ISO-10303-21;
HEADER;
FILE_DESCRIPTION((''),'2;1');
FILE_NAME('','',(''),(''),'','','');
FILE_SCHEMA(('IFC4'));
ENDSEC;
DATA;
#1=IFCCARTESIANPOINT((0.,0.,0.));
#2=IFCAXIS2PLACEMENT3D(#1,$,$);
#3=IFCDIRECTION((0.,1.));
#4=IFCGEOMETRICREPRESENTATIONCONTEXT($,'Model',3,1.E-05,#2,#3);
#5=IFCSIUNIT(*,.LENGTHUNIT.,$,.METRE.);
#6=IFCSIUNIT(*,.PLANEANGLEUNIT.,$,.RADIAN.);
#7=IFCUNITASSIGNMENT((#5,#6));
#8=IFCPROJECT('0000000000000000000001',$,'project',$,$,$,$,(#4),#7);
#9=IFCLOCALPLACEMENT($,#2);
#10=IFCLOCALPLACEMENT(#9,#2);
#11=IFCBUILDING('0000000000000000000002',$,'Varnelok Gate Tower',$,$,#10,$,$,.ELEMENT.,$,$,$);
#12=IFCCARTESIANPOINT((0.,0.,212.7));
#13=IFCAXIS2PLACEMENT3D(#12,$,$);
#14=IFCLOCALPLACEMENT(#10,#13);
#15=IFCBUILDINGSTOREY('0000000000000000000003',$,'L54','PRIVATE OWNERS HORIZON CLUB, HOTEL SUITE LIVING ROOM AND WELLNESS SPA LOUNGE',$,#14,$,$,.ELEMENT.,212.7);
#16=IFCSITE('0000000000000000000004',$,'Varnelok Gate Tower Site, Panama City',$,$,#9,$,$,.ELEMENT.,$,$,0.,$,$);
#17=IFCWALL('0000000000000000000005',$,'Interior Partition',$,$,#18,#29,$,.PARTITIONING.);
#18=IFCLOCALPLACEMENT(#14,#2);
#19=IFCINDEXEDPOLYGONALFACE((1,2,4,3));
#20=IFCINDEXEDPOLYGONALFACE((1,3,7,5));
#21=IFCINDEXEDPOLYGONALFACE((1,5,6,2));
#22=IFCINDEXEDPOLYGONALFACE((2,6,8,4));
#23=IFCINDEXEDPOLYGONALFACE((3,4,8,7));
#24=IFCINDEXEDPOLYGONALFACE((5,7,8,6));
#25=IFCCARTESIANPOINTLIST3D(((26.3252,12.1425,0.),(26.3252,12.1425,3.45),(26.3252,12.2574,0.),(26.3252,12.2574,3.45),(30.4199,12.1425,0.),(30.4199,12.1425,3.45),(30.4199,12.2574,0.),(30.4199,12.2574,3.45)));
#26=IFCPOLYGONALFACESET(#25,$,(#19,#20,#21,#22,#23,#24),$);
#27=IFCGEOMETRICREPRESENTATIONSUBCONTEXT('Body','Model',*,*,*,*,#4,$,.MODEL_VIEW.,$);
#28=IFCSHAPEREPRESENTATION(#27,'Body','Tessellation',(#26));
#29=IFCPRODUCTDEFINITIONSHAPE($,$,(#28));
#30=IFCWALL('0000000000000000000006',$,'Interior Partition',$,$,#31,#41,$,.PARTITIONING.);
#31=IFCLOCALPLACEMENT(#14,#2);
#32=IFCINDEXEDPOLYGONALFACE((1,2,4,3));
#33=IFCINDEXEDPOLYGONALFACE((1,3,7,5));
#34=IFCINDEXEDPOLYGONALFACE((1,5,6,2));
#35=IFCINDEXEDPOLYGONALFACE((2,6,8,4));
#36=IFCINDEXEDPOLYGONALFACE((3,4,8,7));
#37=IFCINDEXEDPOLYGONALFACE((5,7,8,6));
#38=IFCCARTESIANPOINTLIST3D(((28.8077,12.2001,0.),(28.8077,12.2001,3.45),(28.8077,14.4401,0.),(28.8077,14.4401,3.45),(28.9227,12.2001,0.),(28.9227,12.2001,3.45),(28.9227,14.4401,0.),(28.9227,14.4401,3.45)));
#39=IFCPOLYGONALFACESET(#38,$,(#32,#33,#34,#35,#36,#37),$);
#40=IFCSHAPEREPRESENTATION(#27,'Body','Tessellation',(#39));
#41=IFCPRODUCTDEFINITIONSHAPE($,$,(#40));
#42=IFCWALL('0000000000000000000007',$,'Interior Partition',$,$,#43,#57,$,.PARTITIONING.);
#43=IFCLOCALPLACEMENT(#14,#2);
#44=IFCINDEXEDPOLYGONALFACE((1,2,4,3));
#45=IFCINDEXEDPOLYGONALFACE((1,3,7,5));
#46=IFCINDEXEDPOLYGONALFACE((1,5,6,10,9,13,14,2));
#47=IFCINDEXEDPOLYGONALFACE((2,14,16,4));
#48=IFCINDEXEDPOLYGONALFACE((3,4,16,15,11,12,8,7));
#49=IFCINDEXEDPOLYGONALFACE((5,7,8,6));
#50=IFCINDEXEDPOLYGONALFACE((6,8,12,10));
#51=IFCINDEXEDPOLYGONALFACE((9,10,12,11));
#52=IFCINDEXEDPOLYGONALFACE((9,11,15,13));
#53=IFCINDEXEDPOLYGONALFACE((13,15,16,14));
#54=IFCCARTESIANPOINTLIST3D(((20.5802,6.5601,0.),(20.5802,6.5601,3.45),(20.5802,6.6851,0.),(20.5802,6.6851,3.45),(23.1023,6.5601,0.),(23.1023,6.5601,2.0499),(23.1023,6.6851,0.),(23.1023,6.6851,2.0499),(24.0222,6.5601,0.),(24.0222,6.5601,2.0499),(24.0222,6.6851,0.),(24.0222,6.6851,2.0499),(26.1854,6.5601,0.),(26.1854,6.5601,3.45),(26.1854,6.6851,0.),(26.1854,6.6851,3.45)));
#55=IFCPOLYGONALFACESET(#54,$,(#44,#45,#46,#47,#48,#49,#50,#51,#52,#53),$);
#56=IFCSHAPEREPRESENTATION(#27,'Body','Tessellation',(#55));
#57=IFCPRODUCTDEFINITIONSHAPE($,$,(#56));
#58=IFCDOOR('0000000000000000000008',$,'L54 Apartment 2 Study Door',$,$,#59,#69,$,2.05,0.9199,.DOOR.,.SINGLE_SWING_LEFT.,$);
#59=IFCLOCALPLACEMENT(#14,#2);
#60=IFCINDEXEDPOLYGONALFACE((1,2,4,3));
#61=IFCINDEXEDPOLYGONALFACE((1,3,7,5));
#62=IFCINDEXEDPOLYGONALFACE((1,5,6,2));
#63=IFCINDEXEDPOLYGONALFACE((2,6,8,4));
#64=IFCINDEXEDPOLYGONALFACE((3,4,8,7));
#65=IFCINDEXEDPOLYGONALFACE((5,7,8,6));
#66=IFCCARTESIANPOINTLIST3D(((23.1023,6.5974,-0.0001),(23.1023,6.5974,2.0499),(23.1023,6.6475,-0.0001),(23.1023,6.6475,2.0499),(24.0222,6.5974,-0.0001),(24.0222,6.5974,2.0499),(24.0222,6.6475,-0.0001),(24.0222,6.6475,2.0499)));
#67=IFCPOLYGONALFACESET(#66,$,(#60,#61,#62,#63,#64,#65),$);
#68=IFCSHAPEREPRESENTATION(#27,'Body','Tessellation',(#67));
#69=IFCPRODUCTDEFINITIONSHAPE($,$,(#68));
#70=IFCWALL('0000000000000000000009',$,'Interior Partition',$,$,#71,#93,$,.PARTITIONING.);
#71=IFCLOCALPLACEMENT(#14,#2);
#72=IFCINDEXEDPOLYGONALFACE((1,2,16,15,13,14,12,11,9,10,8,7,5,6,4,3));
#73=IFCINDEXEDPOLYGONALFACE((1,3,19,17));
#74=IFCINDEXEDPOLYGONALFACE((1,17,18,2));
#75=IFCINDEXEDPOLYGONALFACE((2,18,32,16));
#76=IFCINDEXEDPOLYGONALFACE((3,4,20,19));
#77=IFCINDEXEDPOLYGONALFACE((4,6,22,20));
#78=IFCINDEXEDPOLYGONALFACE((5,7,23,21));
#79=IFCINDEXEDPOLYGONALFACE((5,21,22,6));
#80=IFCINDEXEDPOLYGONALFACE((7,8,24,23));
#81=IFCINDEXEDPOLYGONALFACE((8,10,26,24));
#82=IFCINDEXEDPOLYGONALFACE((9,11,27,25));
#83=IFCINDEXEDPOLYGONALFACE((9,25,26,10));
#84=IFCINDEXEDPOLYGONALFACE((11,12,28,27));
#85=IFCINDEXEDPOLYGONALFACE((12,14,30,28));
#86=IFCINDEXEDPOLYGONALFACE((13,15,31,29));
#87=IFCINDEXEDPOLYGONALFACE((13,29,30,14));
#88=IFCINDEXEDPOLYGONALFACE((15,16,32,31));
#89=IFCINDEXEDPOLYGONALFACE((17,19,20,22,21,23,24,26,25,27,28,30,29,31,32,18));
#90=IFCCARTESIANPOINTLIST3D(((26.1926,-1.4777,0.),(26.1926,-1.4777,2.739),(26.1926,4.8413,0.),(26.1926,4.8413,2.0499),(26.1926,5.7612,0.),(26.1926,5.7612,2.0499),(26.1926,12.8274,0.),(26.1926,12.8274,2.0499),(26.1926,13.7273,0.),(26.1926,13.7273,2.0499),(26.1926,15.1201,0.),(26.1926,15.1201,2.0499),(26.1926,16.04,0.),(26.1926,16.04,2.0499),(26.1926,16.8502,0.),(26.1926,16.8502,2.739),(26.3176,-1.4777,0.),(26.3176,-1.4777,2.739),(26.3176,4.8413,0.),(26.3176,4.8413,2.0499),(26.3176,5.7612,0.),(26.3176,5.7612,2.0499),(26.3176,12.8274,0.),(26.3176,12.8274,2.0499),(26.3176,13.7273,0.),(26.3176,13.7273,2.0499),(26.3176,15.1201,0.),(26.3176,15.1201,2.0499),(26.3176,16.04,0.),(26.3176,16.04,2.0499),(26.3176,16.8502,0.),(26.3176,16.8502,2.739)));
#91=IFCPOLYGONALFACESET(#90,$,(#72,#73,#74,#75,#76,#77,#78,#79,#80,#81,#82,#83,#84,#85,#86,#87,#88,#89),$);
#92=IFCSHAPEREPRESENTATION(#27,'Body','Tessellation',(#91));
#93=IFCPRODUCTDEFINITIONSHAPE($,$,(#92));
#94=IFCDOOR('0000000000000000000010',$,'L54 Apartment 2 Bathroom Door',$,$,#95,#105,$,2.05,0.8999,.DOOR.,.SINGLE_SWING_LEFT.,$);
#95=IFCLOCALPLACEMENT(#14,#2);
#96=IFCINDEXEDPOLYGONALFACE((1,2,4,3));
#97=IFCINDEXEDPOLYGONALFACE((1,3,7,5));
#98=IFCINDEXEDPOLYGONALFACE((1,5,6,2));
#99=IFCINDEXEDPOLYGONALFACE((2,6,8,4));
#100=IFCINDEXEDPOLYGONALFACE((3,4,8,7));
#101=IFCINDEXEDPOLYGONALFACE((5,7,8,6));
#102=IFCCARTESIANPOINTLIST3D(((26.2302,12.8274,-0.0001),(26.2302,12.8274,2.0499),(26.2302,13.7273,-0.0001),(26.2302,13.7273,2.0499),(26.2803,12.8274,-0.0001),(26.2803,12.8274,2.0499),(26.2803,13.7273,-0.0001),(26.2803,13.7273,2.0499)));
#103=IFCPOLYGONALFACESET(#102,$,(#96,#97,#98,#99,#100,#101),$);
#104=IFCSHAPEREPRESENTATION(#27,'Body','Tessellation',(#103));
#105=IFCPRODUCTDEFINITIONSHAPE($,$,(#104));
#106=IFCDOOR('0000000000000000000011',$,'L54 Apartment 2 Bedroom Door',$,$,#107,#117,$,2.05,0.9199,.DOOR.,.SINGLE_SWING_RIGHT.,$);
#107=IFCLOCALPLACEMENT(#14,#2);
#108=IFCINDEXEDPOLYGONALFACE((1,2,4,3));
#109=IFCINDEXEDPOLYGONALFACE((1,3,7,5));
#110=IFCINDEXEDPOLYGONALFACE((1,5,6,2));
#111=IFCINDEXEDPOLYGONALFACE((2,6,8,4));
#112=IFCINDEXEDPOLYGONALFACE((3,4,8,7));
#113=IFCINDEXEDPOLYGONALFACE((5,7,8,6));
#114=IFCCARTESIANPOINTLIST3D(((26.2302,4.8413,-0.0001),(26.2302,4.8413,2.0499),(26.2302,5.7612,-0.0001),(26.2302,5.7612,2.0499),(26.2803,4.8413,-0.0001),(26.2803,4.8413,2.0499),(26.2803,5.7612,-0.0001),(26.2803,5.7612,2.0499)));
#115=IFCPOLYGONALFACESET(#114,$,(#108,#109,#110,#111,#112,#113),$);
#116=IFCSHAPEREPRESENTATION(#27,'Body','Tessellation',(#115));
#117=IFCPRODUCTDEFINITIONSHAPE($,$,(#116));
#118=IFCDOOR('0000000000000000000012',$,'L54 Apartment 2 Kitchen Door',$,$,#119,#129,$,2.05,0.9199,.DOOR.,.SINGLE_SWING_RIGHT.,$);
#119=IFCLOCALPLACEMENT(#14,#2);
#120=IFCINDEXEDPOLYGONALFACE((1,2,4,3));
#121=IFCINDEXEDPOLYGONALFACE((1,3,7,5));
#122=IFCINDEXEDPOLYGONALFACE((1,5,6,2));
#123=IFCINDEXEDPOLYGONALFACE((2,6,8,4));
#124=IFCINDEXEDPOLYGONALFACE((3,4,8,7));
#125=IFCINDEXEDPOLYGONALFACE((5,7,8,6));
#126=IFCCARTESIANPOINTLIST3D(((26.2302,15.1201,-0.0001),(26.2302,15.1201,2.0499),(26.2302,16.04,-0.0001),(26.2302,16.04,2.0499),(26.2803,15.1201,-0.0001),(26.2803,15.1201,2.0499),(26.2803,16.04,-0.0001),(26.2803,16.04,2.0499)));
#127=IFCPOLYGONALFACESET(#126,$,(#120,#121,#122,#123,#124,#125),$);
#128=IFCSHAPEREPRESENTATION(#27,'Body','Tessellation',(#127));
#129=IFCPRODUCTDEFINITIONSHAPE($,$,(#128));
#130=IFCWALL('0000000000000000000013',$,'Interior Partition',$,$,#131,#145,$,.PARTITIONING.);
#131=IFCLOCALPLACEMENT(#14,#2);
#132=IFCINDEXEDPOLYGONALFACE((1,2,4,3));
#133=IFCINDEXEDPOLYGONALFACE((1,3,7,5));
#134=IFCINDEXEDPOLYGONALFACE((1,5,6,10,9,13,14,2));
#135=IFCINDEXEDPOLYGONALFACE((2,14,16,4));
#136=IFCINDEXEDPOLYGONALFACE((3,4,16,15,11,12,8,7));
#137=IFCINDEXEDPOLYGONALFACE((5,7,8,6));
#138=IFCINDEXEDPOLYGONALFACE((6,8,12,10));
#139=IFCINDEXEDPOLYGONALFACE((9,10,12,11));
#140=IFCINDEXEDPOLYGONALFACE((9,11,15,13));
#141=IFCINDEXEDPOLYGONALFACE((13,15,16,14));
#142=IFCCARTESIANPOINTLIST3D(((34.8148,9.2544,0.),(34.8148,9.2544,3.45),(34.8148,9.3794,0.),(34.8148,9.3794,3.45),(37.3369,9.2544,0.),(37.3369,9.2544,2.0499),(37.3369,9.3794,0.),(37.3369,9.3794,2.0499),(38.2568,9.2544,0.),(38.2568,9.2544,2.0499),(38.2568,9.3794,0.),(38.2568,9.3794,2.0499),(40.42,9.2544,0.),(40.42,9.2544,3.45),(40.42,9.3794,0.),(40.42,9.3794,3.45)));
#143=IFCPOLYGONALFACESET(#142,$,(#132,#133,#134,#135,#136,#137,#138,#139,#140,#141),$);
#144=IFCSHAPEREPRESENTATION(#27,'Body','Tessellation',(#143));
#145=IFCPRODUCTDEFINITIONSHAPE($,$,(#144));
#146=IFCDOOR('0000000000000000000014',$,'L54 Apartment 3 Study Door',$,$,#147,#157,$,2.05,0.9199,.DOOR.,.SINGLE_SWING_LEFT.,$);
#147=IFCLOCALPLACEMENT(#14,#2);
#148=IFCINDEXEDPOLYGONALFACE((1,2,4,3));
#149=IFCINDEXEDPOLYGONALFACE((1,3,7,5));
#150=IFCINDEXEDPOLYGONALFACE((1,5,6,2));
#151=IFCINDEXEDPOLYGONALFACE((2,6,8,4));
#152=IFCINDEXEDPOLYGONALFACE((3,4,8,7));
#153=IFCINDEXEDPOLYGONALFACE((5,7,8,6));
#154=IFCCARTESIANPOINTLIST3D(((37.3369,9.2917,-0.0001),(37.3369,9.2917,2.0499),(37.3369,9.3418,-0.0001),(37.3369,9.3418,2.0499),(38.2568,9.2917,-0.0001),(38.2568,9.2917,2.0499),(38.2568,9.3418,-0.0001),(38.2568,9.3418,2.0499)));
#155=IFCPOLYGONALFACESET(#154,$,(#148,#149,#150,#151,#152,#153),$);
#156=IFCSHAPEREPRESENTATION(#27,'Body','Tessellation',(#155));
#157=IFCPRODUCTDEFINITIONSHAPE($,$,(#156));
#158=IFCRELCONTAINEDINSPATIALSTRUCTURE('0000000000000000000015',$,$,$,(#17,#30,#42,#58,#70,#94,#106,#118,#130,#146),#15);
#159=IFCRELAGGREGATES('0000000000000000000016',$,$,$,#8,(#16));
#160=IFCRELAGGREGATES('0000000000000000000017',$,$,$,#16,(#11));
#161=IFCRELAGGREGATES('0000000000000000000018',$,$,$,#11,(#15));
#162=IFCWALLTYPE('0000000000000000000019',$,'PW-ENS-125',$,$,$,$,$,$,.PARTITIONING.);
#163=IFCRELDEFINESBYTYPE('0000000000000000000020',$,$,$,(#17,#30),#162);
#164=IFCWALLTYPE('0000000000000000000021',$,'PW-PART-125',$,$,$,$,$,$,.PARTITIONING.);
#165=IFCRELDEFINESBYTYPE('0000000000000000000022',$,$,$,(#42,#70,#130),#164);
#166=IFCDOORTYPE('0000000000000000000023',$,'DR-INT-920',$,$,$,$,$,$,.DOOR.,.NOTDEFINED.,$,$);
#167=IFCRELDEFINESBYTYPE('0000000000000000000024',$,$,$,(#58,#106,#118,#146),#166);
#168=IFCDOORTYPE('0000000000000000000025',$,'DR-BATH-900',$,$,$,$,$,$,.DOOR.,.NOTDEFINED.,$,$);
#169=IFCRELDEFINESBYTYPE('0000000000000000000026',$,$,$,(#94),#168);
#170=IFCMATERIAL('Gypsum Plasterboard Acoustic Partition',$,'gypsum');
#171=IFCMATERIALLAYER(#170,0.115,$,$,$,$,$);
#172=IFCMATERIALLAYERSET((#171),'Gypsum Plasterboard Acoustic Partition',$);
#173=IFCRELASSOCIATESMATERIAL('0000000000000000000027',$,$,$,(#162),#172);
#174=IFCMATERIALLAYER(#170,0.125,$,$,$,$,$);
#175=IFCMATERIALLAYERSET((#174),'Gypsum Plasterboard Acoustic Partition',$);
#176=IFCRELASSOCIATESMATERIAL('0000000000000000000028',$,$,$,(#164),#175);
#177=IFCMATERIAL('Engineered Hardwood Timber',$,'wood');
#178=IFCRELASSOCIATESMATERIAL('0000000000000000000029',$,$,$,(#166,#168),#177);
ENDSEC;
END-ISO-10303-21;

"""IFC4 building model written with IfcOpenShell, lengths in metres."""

from ifc_helpers import new_model, si_unit, direction, frame, frame_2d, origin, place, context, subcontext, project, spatial, rectangle, extrude, material, layer, layer_set, type_object, element, fill, save


model = new_model("IFC4")

# Units and contexts
model_context = context("Model", 3, precision=1e-05, world=origin(), true_north=direction((0.0, 1.0)))
body_context = subcontext(model_context, "Body", "Model", "MODEL_VIEW")
ifc_project = project(units=[si_unit("LENGTHUNIT", "METRE"), si_unit("PLANEANGLEUNIT", "RADIAN")], contexts=[model_context])

# Site, building, storey
site_placement = place(None, origin())
site = spatial("IfcSite", under=ifc_project, at=site_placement, Name="Varnelok Gate Tower Site, Panama City", CompositionType="ELEMENT", RefElevation=0.0)
building_placement = place(site_placement, origin())
building = spatial("IfcBuilding", under=site, at=building_placement, Name="Varnelok Gate Tower", CompositionType="ELEMENT")
storey_placement = place(building_placement, frame((0.0, 0.0, 212.7)))
storey = spatial("IfcBuildingStorey", under=building, at=storey_placement, Name="L54", Description="PRIVATE OWNERS HORIZON CLUB, HOTEL SUITE LIVING ROOM AND WELLNESS SPA LOUNGE", CompositionType="ELEMENT", Elevation=212.7)

# Walls
ifc_material_1 = material(Name="Gypsum Plasterboard Acoustic Partition", Category="gypsum")
ifc_layer_1 = layer(ifc_material_1, 0.115)
ifc_layer_set_1 = layer_set([ifc_layer_1], Name="Gypsum Plasterboard Acoustic Partition")
wall_type_1 = type_object("IfcWallType", Name="PW-ENS-125", PredefinedType="PARTITIONING", material=ifc_layer_set_1)
wall_1_placement = place(storey_placement, frame((26.3252, 12.2, 0.0), z_axis=(0.0, 0.0, 1.0), x_axis=(1.0, 0.0, 0.0)))
element("IfcWall", 1, at=wall_1_placement, inside=storey, type_object=wall_type_1, Name="Interior Partition", PredefinedType="PARTITIONING", context=body_context, shape_type="SweptSolid", body=[
    extrude(rectangle(XDim=4.0947, YDim=0.115, at=frame_2d((2.0474, 0.0))), origin(), (0.0, 0.0, 1.0), 3.45),
])
wall_2_placement = place(storey_placement, frame((28.8652, 12.2, 0.0), z_axis=(0.0, 0.0, 1.0), x_axis=(0.0, 1.0, 0.0)))
element("IfcWall", 2, at=wall_2_placement, inside=storey, type_object=wall_type_1, Name="Interior Partition", PredefinedType="PARTITIONING", context=body_context, shape_type="SweptSolid", body=[
    extrude(rectangle(XDim=2.24, YDim=0.115, at=frame_2d((1.1201, 0.0))), origin(), (0.0, 0.0, 1.0), 3.45),
])

# Wall, opening, door
ifc_layer_2 = layer(ifc_material_1, 0.125)
ifc_layer_set_2 = layer_set([ifc_layer_2], Name="Gypsum Plasterboard Acoustic Partition")
wall_type_2 = type_object("IfcWallType", Name="PW-PART-125", PredefinedType="PARTITIONING", material=ifc_layer_set_2)
wall_3_placement = place(storey_placement, frame((20.5801, 6.6226, 0.0), z_axis=(0.0, 0.0, 1.0), x_axis=(1.0, 0.0, 0.0)))
wall_3 = element("IfcWall", 3, at=wall_3_placement, inside=storey, type_object=wall_type_2, Name="Interior Partition", PredefinedType="PARTITIONING", context=body_context, shape_type="SweptSolid", body=[
    extrude(rectangle(XDim=5.6052, YDim=0.125, at=frame_2d((2.8027, 0.0))), origin(), (0.0, 0.0, 1.0), 3.45),
])
opening_1_placement = place(wall_3_placement, frame((2.5222, 0.0, 0.0)))
opening_1 = element("IfcOpeningElement", 4, at=opening_1_placement, cuts=wall_3, PredefinedType="OPENING", context=body_context, shape_type="SweptSolid", body=[
    extrude(rectangle(XDim=0.9199, YDim=2.05, at=frame_2d((0.46, 1.0249))), frame((0.0, 0.0725, 0.0), z_axis=(0.0, -1.0, 0.0), x_axis=(1.0, 0.0, 0.0)), (0.0, 0.0, 1.0), 0.145),
])
ifc_material_2 = material(Name="Engineered Hardwood Timber", Category="wood")
door_type_1 = type_object("IfcDoorType", Name="DR-INT-920", OperationType="NOTDEFINED", PredefinedType="DOOR", material=ifc_material_2)
door_1_placement = place(opening_1_placement, origin())
door_1 = element("IfcDoor", 5, at=door_1_placement, inside=storey, type_object=door_type_1, Name="L54 Apartment 2 Study Door", OperationType="SINGLE_SWING_LEFT", OverallHeight=2.05, OverallWidth=0.9199, PredefinedType="DOOR", context=body_context, shape_type="SweptSolid", body=[
    extrude(rectangle(XDim=0.9199, YDim=2.05, at=frame_2d((0.46, 1.0249))), frame((0.0, 0.0249, 0.0), z_axis=(0.0, -1.0, 0.0), x_axis=(1.0, 0.0, 0.0)), (0.0, 0.0, 1.0), 0.05),
])
fill(opening_1, door_1)

# Wall, openings, doors
wall_4_placement = place(storey_placement, frame((26.2551, -1.4778, 0.0), z_axis=(0.0, 0.0, 1.0), x_axis=(0.0, 1.0, 0.0)))
wall_4 = element("IfcWall", 6, at=wall_4_placement, inside=storey, type_object=wall_type_2, Name="Interior Partition", PredefinedType="PARTITIONING", context=body_context, shape_type="SweptSolid", body=[
    extrude(rectangle(XDim=18.3279, YDim=0.125, at=frame_2d((9.1641, 0.0))), origin(), (0.0, 0.0, 1.0), 2.739),
])
opening_2_placement = place(wall_4_placement, frame((6.3191, 0.0, 0.0)))
opening_2 = element("IfcOpeningElement", 7, at=opening_2_placement, cuts=wall_4, PredefinedType="OPENING", context=body_context, shape_type="SweptSolid", body=[
    extrude(rectangle(XDim=0.9199, YDim=2.05, at=frame_2d((0.46, 1.0249))), frame((0.0, 0.0725, 0.0), z_axis=(0.0, -1.0, 0.0), x_axis=(1.0, 0.0, 0.0)), (0.0, 0.0, 1.0), 0.145),
])
opening_3_placement = place(wall_4_placement, frame((14.3052, 0.0, 0.0)))
opening_3 = element("IfcOpeningElement", 8, at=opening_3_placement, cuts=wall_4, PredefinedType="OPENING", context=body_context, shape_type="SweptSolid", body=[
    extrude(rectangle(XDim=0.8999, YDim=2.05, at=frame_2d((0.45, 1.0249))), frame((0.0, 0.0725, 0.0), z_axis=(0.0, -1.0, 0.0), x_axis=(1.0, 0.0, 0.0)), (0.0, 0.0, 1.0), 0.145),
])
opening_4_placement = place(wall_4_placement, frame((16.5979, 0.0, 0.0)))
opening_4 = element("IfcOpeningElement", 9, at=opening_4_placement, cuts=wall_4, PredefinedType="OPENING", context=body_context, shape_type="SweptSolid", body=[
    extrude(rectangle(XDim=0.9199, YDim=2.05, at=frame_2d((0.46, 1.0249))), frame((0.0, 0.0725, 0.0), z_axis=(0.0, -1.0, 0.0), x_axis=(1.0, 0.0, 0.0)), (0.0, 0.0, 1.0), 0.145),
])
door_type_2 = type_object("IfcDoorType", Name="DR-BATH-900", OperationType="NOTDEFINED", PredefinedType="DOOR", material=ifc_material_2)
door_2_placement = place(opening_3_placement, origin())
door_2 = element("IfcDoor", 10, at=door_2_placement, inside=storey, type_object=door_type_2, Name="L54 Apartment 2 Bathroom Door", OperationType="SINGLE_SWING_LEFT", OverallHeight=2.05, OverallWidth=0.8999, PredefinedType="DOOR", context=body_context, shape_type="SweptSolid", body=[
    extrude(rectangle(XDim=0.8999, YDim=2.05, at=frame_2d((0.45, 1.0249))), frame((0.0, 0.0249, 0.0), z_axis=(0.0, -1.0, 0.0), x_axis=(1.0, 0.0, 0.0)), (0.0, 0.0, 1.0), 0.05),
])
fill(opening_3, door_2)
door_3_placement = place(opening_2_placement, origin())
door_3 = element("IfcDoor", 11, at=door_3_placement, inside=storey, type_object=door_type_1, Name="L54 Apartment 2 Bedroom Door", OperationType="SINGLE_SWING_RIGHT", OverallHeight=2.05, OverallWidth=0.9199, PredefinedType="DOOR", context=body_context, shape_type="SweptSolid", body=[
    extrude(rectangle(XDim=0.9199, YDim=2.05, at=frame_2d((0.46, 1.0249))), frame((0.0, 0.0249, 0.0), z_axis=(0.0, -1.0, 0.0), x_axis=(1.0, 0.0, 0.0)), (0.0, 0.0, 1.0), 0.05),
])
fill(opening_2, door_3)
door_4_placement = place(opening_4_placement, origin())
door_4 = element("IfcDoor", 12, at=door_4_placement, inside=storey, type_object=door_type_1, Name="L54 Apartment 2 Kitchen Door", OperationType="SINGLE_SWING_RIGHT", OverallHeight=2.05, OverallWidth=0.9199, PredefinedType="DOOR", context=body_context, shape_type="SweptSolid", body=[
    extrude(rectangle(XDim=0.9199, YDim=2.05, at=frame_2d((0.46, 1.0249))), frame((0.0, 0.0249, 0.0), z_axis=(0.0, -1.0, 0.0), x_axis=(1.0, 0.0, 0.0)), (0.0, 0.0, 1.0), 0.05),
])
fill(opening_4, door_4)

# Wall, opening, door
wall_5_placement = place(storey_placement, frame((34.8147, 9.3169, 0.0), z_axis=(0.0, 0.0, 1.0), x_axis=(1.0, 0.0, 0.0)))
wall_5 = element("IfcWall", 13, at=wall_5_placement, inside=storey, type_object=wall_type_2, Name="Interior Partition", PredefinedType="PARTITIONING", context=body_context, shape_type="SweptSolid", body=[
    extrude(rectangle(XDim=5.6052, YDim=0.125, at=frame_2d((2.8027, 0.0))), origin(), (0.0, 0.0, 1.0), 3.45),
])
opening_5_placement = place(wall_5_placement, frame((2.5222, 0.0, 0.0)))
opening_5 = element("IfcOpeningElement", 14, at=opening_5_placement, cuts=wall_5, PredefinedType="OPENING", context=body_context, shape_type="SweptSolid", body=[
    extrude(rectangle(XDim=0.9199, YDim=2.05, at=frame_2d((0.46, 1.0249))), frame((0.0, 0.0725, 0.0), z_axis=(0.0, -1.0, 0.0), x_axis=(1.0, 0.0, 0.0)), (0.0, 0.0, 1.0), 0.145),
])
door_5_placement = place(opening_5_placement, origin())
door_5 = element("IfcDoor", 15, at=door_5_placement, inside=storey, type_object=door_type_1, Name="L54 Apartment 3 Study Door", OperationType="SINGLE_SWING_LEFT", OverallHeight=2.05, OverallWidth=0.9199, PredefinedType="DOOR", context=body_context, shape_type="SweptSolid", body=[
    extrude(rectangle(XDim=0.9199, YDim=2.05, at=frame_2d((0.46, 1.0249))), frame((0.0, 0.0249, 0.0), z_axis=(0.0, -1.0, 0.0), x_axis=(1.0, 0.0, 0.0)), (0.0, 0.0, 1.0), 0.05),
])
fill(opening_5, door_5)

save(model, "model.ifc")
